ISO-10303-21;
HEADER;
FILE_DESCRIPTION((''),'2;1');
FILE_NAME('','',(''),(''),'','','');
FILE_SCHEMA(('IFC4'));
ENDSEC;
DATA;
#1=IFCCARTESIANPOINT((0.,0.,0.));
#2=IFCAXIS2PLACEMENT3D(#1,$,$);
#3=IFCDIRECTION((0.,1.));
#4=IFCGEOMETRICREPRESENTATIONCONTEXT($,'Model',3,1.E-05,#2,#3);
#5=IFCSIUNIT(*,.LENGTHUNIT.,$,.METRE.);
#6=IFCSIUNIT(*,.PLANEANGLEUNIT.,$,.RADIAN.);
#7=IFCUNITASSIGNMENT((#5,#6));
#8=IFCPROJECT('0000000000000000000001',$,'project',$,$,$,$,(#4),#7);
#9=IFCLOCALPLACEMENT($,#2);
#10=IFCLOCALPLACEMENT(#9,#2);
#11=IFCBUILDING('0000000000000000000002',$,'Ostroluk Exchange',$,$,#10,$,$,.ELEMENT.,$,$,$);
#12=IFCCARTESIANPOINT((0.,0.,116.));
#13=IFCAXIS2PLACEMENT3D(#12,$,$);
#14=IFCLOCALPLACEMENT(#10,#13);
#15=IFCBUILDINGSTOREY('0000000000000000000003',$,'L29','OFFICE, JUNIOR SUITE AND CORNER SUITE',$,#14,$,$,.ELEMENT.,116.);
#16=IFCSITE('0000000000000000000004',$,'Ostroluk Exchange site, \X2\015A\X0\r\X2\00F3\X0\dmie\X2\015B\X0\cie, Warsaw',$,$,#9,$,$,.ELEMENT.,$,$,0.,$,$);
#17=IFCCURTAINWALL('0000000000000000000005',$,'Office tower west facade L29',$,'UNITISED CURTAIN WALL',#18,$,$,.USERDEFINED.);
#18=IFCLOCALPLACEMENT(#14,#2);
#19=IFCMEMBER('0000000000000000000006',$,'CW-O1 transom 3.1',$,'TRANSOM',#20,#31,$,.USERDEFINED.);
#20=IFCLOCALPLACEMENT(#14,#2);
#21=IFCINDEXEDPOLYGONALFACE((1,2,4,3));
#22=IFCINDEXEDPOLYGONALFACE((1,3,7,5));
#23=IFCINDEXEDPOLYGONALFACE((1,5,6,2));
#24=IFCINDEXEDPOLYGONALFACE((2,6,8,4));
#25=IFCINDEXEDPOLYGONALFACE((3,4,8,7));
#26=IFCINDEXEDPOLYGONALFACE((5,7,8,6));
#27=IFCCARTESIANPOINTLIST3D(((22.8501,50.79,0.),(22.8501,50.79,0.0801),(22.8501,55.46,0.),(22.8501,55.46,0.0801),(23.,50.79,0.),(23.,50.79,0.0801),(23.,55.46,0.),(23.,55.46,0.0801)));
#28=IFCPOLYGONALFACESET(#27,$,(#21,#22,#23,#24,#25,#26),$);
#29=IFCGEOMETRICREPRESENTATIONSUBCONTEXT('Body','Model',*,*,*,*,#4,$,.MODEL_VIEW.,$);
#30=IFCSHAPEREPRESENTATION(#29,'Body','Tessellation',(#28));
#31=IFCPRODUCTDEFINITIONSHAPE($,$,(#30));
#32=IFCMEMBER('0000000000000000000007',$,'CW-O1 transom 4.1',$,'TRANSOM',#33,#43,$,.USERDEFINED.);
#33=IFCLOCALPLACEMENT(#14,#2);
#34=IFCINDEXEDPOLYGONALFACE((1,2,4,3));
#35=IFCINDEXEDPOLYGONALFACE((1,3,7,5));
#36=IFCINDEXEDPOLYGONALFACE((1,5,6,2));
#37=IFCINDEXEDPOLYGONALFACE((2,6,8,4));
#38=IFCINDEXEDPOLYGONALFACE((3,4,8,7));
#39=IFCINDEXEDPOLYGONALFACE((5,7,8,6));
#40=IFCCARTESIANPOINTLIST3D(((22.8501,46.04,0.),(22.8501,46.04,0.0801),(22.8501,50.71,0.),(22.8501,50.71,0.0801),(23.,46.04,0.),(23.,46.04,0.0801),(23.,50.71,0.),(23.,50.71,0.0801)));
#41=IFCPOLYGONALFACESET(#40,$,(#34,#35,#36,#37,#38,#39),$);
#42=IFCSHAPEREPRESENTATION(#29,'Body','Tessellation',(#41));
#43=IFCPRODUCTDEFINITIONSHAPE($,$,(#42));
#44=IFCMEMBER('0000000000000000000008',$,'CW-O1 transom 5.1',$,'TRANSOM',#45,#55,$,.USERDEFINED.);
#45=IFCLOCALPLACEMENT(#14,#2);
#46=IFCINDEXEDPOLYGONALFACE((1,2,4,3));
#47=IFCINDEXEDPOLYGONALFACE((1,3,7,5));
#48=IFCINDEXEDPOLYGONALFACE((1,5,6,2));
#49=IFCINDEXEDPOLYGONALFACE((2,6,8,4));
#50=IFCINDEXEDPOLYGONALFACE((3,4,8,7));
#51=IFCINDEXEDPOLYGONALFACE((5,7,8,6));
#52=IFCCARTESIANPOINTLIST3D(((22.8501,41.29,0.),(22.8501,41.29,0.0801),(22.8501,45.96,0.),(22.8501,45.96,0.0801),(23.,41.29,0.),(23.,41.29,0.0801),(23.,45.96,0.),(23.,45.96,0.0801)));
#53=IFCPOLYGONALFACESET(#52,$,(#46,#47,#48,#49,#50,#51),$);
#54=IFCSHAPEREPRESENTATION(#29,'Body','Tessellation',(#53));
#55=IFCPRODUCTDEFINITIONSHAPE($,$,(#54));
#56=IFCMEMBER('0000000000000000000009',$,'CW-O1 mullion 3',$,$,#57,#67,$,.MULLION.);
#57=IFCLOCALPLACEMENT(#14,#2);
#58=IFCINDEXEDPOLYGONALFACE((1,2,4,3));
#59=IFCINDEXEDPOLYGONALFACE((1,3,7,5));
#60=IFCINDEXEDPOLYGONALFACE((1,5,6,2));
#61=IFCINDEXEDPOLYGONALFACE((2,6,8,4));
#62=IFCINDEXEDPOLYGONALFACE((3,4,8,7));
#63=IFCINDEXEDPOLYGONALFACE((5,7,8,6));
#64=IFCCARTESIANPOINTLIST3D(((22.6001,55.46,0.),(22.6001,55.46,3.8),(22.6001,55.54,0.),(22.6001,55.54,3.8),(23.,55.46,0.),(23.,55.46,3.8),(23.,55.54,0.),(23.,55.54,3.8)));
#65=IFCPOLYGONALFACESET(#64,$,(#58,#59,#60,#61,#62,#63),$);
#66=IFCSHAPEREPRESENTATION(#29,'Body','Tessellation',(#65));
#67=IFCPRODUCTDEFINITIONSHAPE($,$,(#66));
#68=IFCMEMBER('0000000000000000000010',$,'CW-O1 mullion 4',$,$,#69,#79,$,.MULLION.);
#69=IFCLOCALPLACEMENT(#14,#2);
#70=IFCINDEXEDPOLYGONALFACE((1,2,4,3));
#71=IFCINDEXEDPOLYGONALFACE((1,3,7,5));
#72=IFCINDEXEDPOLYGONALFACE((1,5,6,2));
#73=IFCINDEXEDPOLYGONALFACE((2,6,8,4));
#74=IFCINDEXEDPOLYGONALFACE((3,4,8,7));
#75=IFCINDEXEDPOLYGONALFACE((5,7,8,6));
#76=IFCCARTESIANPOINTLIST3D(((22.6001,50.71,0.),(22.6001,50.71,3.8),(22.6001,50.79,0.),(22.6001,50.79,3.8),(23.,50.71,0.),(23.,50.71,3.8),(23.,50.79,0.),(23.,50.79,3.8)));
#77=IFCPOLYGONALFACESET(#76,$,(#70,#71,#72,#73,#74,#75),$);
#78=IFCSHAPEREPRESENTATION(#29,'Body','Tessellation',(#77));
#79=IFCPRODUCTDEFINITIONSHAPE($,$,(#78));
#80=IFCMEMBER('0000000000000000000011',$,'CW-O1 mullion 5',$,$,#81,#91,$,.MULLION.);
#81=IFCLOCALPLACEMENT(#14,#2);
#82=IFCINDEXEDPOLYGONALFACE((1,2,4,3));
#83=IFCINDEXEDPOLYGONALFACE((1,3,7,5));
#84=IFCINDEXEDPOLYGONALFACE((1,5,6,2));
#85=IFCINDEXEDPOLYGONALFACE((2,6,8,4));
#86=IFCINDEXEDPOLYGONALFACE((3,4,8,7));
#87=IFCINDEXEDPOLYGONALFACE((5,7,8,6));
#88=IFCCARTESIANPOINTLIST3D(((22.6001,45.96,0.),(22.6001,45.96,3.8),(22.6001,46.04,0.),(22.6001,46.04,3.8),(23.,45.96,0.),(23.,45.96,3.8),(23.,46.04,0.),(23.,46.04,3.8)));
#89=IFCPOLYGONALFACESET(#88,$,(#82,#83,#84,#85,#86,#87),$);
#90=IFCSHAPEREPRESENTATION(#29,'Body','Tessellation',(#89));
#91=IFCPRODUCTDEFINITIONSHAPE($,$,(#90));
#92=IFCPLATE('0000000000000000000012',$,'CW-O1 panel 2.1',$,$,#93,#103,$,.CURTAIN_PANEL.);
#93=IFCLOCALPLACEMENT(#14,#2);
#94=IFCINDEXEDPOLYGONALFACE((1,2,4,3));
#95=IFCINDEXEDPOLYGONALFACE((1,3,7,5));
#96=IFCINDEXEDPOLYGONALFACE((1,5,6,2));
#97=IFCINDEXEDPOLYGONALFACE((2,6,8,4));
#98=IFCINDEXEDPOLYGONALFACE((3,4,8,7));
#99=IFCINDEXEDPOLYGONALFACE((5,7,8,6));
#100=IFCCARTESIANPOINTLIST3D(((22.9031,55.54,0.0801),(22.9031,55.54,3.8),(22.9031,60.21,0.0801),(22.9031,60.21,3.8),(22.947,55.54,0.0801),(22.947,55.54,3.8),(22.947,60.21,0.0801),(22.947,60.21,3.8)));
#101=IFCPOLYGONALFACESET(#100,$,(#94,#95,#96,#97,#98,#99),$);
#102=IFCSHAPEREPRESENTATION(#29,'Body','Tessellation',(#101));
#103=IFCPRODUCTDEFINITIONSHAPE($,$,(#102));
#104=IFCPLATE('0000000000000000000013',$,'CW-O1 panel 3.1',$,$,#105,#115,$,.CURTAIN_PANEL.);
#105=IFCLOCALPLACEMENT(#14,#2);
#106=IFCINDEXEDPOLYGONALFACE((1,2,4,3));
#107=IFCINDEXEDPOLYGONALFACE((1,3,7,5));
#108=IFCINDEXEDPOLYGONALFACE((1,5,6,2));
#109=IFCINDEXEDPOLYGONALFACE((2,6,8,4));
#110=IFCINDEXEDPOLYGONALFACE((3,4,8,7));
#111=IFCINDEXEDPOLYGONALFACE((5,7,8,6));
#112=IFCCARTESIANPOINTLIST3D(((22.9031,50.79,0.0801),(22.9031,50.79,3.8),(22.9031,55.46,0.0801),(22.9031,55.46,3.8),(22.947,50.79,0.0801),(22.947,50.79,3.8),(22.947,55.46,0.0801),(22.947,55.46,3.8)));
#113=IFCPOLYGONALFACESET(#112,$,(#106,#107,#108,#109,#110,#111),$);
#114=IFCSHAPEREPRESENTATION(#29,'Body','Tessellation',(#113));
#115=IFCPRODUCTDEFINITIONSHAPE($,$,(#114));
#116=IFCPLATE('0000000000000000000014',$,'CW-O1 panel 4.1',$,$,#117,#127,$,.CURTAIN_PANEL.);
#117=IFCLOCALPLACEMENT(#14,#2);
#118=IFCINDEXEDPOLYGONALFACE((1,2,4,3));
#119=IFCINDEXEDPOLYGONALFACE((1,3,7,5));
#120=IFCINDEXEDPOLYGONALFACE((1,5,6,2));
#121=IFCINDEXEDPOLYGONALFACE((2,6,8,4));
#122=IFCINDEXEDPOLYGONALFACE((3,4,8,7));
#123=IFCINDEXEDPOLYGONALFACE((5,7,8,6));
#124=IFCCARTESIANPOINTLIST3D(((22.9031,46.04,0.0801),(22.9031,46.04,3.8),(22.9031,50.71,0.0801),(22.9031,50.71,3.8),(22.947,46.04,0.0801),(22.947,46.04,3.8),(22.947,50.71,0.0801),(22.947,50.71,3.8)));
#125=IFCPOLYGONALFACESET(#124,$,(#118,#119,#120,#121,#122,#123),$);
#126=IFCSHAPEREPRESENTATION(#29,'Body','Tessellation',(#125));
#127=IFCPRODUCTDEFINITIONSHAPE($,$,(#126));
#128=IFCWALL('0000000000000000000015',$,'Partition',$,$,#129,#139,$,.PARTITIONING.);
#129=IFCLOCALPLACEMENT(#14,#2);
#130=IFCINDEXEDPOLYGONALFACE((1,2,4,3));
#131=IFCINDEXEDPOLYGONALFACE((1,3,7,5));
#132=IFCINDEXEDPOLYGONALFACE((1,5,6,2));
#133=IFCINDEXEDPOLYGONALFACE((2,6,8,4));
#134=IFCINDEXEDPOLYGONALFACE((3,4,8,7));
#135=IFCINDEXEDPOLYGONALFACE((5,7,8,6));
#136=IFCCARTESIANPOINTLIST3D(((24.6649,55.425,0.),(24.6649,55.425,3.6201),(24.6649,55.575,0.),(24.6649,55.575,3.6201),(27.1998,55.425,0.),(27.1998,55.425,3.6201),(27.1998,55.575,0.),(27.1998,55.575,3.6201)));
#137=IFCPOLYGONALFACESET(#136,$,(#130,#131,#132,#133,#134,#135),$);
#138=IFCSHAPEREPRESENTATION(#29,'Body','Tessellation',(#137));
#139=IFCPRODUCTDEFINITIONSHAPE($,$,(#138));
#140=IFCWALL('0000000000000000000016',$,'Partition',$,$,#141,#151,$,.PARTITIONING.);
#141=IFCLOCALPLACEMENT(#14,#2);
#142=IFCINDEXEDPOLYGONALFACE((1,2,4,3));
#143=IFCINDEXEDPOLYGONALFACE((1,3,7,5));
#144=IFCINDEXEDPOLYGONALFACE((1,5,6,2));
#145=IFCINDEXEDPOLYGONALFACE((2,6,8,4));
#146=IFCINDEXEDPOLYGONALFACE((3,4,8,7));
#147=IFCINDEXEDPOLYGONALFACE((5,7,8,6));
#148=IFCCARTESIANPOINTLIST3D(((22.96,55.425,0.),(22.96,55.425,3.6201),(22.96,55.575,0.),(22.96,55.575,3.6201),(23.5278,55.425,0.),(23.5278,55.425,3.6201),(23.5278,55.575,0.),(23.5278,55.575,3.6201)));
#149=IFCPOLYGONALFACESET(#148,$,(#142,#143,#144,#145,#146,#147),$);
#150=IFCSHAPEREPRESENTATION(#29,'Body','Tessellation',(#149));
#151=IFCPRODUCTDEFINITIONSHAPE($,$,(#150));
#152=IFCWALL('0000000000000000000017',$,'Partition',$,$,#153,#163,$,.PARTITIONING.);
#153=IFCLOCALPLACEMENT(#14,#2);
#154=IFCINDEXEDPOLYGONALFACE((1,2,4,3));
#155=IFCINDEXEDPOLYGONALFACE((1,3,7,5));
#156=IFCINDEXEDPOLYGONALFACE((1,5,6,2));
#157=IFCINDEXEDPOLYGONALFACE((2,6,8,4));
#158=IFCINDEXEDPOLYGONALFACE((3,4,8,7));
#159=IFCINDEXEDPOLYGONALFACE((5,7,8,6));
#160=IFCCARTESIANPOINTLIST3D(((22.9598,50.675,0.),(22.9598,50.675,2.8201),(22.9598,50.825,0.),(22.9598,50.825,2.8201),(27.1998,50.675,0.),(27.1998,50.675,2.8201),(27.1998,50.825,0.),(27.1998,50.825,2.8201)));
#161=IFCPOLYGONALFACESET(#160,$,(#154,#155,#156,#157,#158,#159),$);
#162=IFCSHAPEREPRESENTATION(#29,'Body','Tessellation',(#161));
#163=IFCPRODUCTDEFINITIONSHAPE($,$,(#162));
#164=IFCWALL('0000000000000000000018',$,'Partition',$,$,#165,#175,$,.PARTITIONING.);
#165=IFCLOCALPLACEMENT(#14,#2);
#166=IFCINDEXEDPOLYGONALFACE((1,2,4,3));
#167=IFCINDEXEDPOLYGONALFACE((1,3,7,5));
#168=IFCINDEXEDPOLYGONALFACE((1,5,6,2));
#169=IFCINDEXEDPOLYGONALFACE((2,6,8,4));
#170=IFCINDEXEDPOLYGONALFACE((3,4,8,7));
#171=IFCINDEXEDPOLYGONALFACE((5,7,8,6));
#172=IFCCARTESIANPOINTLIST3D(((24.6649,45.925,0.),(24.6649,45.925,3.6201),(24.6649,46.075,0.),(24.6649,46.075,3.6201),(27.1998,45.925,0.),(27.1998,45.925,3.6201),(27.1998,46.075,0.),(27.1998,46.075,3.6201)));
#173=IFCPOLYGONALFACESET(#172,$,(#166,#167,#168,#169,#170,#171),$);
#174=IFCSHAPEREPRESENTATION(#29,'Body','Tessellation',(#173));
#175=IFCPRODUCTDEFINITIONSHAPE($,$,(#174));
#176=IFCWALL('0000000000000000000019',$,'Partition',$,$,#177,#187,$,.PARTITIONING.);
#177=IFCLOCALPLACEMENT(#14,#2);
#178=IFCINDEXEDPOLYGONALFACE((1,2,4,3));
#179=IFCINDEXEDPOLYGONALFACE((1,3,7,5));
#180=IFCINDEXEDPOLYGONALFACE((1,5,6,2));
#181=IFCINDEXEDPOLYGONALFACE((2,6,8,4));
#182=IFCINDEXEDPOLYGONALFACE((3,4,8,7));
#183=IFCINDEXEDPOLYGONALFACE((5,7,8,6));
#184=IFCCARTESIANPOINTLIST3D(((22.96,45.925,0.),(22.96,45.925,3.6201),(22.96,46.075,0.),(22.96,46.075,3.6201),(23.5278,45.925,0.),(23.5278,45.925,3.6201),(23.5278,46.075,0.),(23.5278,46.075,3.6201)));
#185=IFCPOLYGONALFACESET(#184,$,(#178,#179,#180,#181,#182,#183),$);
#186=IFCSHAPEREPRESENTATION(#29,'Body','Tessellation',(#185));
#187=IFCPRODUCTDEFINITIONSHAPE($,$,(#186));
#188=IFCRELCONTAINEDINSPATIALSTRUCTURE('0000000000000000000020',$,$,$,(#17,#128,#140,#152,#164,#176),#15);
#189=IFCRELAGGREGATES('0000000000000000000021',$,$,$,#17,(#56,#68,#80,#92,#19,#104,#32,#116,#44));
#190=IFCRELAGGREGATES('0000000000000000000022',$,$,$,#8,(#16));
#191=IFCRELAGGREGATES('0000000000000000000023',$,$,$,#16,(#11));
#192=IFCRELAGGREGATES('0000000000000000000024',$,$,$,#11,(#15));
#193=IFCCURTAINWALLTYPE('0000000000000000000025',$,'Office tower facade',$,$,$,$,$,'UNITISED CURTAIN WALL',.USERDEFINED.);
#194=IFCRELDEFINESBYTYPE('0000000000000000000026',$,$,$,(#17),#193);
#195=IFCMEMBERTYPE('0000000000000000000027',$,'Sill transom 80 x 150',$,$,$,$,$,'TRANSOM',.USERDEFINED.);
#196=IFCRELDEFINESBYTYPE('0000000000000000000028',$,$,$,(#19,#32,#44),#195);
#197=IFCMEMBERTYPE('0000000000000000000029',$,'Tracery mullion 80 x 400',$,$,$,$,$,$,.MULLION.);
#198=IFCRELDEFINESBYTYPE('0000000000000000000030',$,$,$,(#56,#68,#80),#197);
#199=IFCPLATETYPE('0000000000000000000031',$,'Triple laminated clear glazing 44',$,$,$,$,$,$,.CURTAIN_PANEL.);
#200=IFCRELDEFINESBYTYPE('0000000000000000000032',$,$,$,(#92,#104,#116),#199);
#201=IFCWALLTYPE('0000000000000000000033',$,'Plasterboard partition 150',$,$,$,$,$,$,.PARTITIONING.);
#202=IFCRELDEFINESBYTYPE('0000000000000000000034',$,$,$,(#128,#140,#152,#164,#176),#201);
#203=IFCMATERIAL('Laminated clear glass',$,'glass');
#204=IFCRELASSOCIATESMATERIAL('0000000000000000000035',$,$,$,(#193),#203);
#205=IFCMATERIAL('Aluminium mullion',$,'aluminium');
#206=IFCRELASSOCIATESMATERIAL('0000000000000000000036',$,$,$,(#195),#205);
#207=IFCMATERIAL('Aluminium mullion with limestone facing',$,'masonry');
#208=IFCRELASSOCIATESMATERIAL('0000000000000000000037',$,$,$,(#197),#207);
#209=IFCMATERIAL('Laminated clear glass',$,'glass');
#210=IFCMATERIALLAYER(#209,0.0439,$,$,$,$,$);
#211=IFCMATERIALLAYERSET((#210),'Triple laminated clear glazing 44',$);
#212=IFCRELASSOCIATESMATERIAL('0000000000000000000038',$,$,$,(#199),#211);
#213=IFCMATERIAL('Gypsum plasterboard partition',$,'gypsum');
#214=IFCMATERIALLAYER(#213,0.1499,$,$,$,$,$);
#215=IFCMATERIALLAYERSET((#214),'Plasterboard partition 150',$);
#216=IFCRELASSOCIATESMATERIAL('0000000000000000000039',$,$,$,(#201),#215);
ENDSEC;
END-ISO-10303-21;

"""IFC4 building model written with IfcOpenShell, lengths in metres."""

from ifc_helpers import new_model, si_unit, direction, frame, frame_2d, origin, origin_2d, place, context, subcontext, project, spatial, rectangle, extrude, material, layer, layer_set, material_profile, profile_set, type_object, element, aggregate, save


model = new_model("IFC4")

# Units and contexts
model_context = context("Model", 3, precision=1e-05, world=origin(), true_north=direction((0.0, 1.0)))
body_context = subcontext(model_context, "Body", "Model", "MODEL_VIEW")
ifc_project = project(units=[si_unit("LENGTHUNIT", "METRE"), si_unit("PLANEANGLEUNIT", "RADIAN")], contexts=[model_context])

# Site, building, storey
site_placement = place(None, origin())
site = spatial("IfcSite", under=ifc_project, at=site_placement, Name="Ostroluk Exchange site, Śródmieście, Warsaw", CompositionType="ELEMENT", RefElevation=0.0)
building_placement = place(site_placement, origin())
building = spatial("IfcBuilding", under=site, at=building_placement, Name="Ostroluk Exchange", CompositionType="ELEMENT")
storey_placement = place(building_placement, frame((0.0, 0.0, 116.0)))
storey = spatial("IfcBuildingStorey", under=building, at=storey_placement, Name="L29", Description="OFFICE, JUNIOR SUITE AND CORNER SUITE", CompositionType="ELEMENT", Elevation=116.0)

# Curtain wall, members, plates
ifc_material_1 = material(Name="Laminated clear glass", Category="glass")
curtain_wall_type = type_object("IfcCurtainWallType", Name="Office tower facade", ElementType="UNITISED CURTAIN WALL", PredefinedType="USERDEFINED", material=ifc_material_1)
curtain_wall_placement = place(storey_placement, origin())
curtain_wall = element("IfcCurtainWall", 1, at=curtain_wall_placement, inside=storey, type_object=curtain_wall_type, Name="Office tower west facade L29", ObjectType="UNITISED CURTAIN WALL", PredefinedType="USERDEFINED")
ifc_material_2 = material(Name="Aluminium mullion", Category="aluminium")
ifc_material_profile_1 = material_profile(ifc_material_2, rectangle(XDim=0.1499, YDim=0.0801, at=origin_2d()), Name="Sill transom 80 x 150")
ifc_profile_set_1 = profile_set([ifc_material_profile_1], Name="Aluminium mullion")
member_type_1 = type_object("IfcMemberType", Name="Sill transom 80 x 150", ElementType="TRANSOM", PredefinedType="USERDEFINED", material=ifc_profile_set_1)
member_1_placement = place(storey_placement, frame((22.925, 55.46, 0.04), z_axis=(0.0, -1.0, 0.0), x_axis=(1.0, 0.0, 0.0)))
member_1 = element("IfcMember", 2, at=member_1_placement, type_object=member_type_1, Name="CW-O1 transom 3.1", ObjectType="TRANSOM", PredefinedType="USERDEFINED", context=body_context, shape_type="SweptSolid", body=[
    extrude(rectangle(XDim=0.1499, YDim=0.0801, at=origin_2d()), origin(), (0.0, 0.0, 1.0), 4.6699),
])
member_2_placement = place(storey_placement, frame((22.925, 50.71, 0.04), z_axis=(0.0, -1.0, 0.0), x_axis=(1.0, 0.0, 0.0)))
member_2 = element("IfcMember", 3, at=member_2_placement, type_object=member_type_1, Name="CW-O1 transom 4.1", ObjectType="TRANSOM", PredefinedType="USERDEFINED", context=body_context, shape_type="SweptSolid", body=[
    extrude(rectangle(XDim=0.1499, YDim=0.0801, at=origin_2d()), origin(), (0.0, 0.0, 1.0), 4.6699),
])
member_3_placement = place(storey_placement, frame((22.925, 45.96, 0.04), z_axis=(0.0, -1.0, 0.0), x_axis=(1.0, 0.0, 0.0)))
member_3 = element("IfcMember", 4, at=member_3_placement, type_object=member_type_1, Name="CW-O1 transom 5.1", ObjectType="TRANSOM", PredefinedType="USERDEFINED", context=body_context, shape_type="SweptSolid", body=[
    extrude(rectangle(XDim=0.1499, YDim=0.0801, at=origin_2d()), origin(), (0.0, 0.0, 1.0), 4.6699),
])
ifc_material_3 = material(Name="Aluminium mullion with limestone facing", Category="masonry")
ifc_material_profile_2 = material_profile(ifc_material_3, rectangle(XDim=0.3999, YDim=0.0801, at=origin_2d()), Name="Tracery mullion 80 x 400")
ifc_profile_set_2 = profile_set([ifc_material_profile_2], Name="Aluminium mullion with limestone facing")
member_type_2 = type_object("IfcMemberType", Name="Tracery mullion 80 x 400", PredefinedType="MULLION", material=ifc_profile_set_2)
member_4_placement = place(storey_placement, frame((22.8, 55.5, 0.0), z_axis=(0.0, 0.0, 1.0), x_axis=(1.0, 0.0, 0.0)))
member_4 = element("IfcMember", 5, at=member_4_placement, type_object=member_type_2, Name="CW-O1 mullion 3", PredefinedType="MULLION", context=body_context, shape_type="SweptSolid", body=[
    extrude(rectangle(XDim=0.3999, YDim=0.0801, at=origin_2d()), origin(), (0.0, 0.0, 1.0), 3.8),
])
member_5_placement = place(storey_placement, frame((22.8, 50.75, 0.0), z_axis=(0.0, 0.0, 1.0), x_axis=(1.0, 0.0, 0.0)))
member_5 = element("IfcMember", 6, at=member_5_placement, type_object=member_type_2, Name="CW-O1 mullion 4", PredefinedType="MULLION", context=body_context, shape_type="SweptSolid", body=[
    extrude(rectangle(XDim=0.3999, YDim=0.0801, at=origin_2d()), origin(), (0.0, 0.0, 1.0), 3.8),
])
member_6_placement = place(storey_placement, frame((22.8, 46.0, 0.0), z_axis=(0.0, 0.0, 1.0), x_axis=(1.0, 0.0, 0.0)))
member_6 = element("IfcMember", 7, at=member_6_placement, type_object=member_type_2, Name="CW-O1 mullion 5", PredefinedType="MULLION", context=body_context, shape_type="SweptSolid", body=[
    extrude(rectangle(XDim=0.3999, YDim=0.0801, at=origin_2d()), origin(), (0.0, 0.0, 1.0), 3.8),
])
ifc_material_4 = material(Name="Laminated clear glass", Category="glass")
ifc_layer_1 = layer(ifc_material_4, 0.0439)
ifc_layer_set_1 = layer_set([ifc_layer_1], Name="Triple laminated clear glazing 44")
plate_type = type_object("IfcPlateType", Name="Triple laminated clear glazing 44", PredefinedType="CURTAIN_PANEL", material=ifc_layer_set_1)
plate_1_placement = place(storey_placement, frame((22.925, 57.875, 0.0801), z_axis=(0.0, 0.0, 1.0), x_axis=(0.0, -1.0, 0.0)))
plate_1 = element("IfcPlate", 8, at=plate_1_placement, type_object=plate_type, Name="CW-O1 panel 2.1", PredefinedType="CURTAIN_PANEL", context=body_context, shape_type="SweptSolid", body=[
    extrude(rectangle(XDim=4.6699, YDim=0.0439, at=origin_2d()), origin(), (0.0, 0.0, 1.0), 3.72),
])
plate_2_placement = place(storey_placement, frame((22.925, 53.125, 0.0801), z_axis=(0.0, 0.0, 1.0), x_axis=(0.0, -1.0, 0.0)))
plate_2 = element("IfcPlate", 9, at=plate_2_placement, type_object=plate_type, Name="CW-O1 panel 3.1", PredefinedType="CURTAIN_PANEL", context=body_context, shape_type="SweptSolid", body=[
    extrude(rectangle(XDim=4.6699, YDim=0.0439, at=origin_2d()), origin(), (0.0, 0.0, 1.0), 3.72),
])
plate_3_placement = place(storey_placement, frame((22.925, 48.375, 0.0801), z_axis=(0.0, 0.0, 1.0), x_axis=(0.0, -1.0, 0.0)))
plate_3 = element("IfcPlate", 10, at=plate_3_placement, type_object=plate_type, Name="CW-O1 panel 4.1", PredefinedType="CURTAIN_PANEL", context=body_context, shape_type="SweptSolid", body=[
    extrude(rectangle(XDim=4.6699, YDim=0.0439, at=origin_2d()), origin(), (0.0, 0.0, 1.0), 3.72),
])
aggregate(curtain_wall, [member_4, member_5, member_6, plate_1, member_1, plate_2, member_2, plate_3, member_3])

# Walls
ifc_material_5 = material(Name="Gypsum plasterboard partition", Category="gypsum")
ifc_layer_2 = layer(ifc_material_5, 0.1499)
ifc_layer_set_2 = layer_set([ifc_layer_2], Name="Plasterboard partition 150")
wall_type = type_object("IfcWallType", Name="Plasterboard partition 150", PredefinedType="PARTITIONING", material=ifc_layer_set_2)
wall_1_placement = place(storey_placement, frame((27.2, 55.5, 0.0), z_axis=(0.0, 0.0, 1.0), x_axis=(-1.0, 0.0, 0.0)))
element("IfcWall", 11, at=wall_1_placement, inside=storey, type_object=wall_type, Name="Partition", PredefinedType="PARTITIONING", context=body_context, shape_type="SweptSolid", body=[
    extrude(rectangle(XDim=2.5349, YDim=0.1499, at=frame_2d((1.2676, 0.0))), origin(), (0.0, 0.0, 1.0), 3.6201),
])
wall_2_placement = place(storey_placement, frame((23.5278, 55.5, 0.0), z_axis=(0.0, 0.0, 1.0), x_axis=(-1.0, 0.0, 0.0)))
element("IfcWall", 12, at=wall_2_placement, inside=storey, type_object=wall_type, Name="Partition", PredefinedType="PARTITIONING", context=body_context, shape_type="SweptSolid", body=[
    extrude(rectangle(XDim=0.5679, YDim=0.1499, at=frame_2d((0.2839, 0.0))), origin(), (0.0, 0.0, 1.0), 3.6201),
])
wall_3_placement = place(storey_placement, frame((27.2, 50.75, 0.0), z_axis=(0.0, 0.0, 1.0), x_axis=(-1.0, 0.0, 0.0)))
element("IfcWall", 13, at=wall_3_placement, inside=storey, type_object=wall_type, Name="Partition", PredefinedType="PARTITIONING", context=body_context, shape_type="SweptSolid", body=[
    extrude(rectangle(XDim=4.24, YDim=0.1499, at=frame_2d((2.1201, 0.0))), origin(), (0.0, 0.0, 1.0), 2.8201),
])
wall_4_placement = place(storey_placement, frame((27.2, 46.0, 0.0), z_axis=(0.0, 0.0, 1.0), x_axis=(-1.0, 0.0, 0.0)))
element("IfcWall", 14, at=wall_4_placement, inside=storey, type_object=wall_type, Name="Partition", PredefinedType="PARTITIONING", context=body_context, shape_type="SweptSolid", body=[
    extrude(rectangle(XDim=2.5349, YDim=0.1499, at=frame_2d((1.2676, 0.0))), origin(), (0.0, 0.0, 1.0), 3.6201),
])
wall_5_placement = place(storey_placement, frame((23.5278, 46.0, 0.0), z_axis=(0.0, 0.0, 1.0), x_axis=(-1.0, 0.0, 0.0)))
element("IfcWall", 15, at=wall_5_placement, inside=storey, type_object=wall_type, Name="Partition", PredefinedType="PARTITIONING", context=body_context, shape_type="SweptSolid", body=[
    extrude(rectangle(XDim=0.5679, YDim=0.1499, at=frame_2d((0.2839, 0.0))), origin(), (0.0, 0.0, 1.0), 3.6201),
])

save(model, "model.ifc")
